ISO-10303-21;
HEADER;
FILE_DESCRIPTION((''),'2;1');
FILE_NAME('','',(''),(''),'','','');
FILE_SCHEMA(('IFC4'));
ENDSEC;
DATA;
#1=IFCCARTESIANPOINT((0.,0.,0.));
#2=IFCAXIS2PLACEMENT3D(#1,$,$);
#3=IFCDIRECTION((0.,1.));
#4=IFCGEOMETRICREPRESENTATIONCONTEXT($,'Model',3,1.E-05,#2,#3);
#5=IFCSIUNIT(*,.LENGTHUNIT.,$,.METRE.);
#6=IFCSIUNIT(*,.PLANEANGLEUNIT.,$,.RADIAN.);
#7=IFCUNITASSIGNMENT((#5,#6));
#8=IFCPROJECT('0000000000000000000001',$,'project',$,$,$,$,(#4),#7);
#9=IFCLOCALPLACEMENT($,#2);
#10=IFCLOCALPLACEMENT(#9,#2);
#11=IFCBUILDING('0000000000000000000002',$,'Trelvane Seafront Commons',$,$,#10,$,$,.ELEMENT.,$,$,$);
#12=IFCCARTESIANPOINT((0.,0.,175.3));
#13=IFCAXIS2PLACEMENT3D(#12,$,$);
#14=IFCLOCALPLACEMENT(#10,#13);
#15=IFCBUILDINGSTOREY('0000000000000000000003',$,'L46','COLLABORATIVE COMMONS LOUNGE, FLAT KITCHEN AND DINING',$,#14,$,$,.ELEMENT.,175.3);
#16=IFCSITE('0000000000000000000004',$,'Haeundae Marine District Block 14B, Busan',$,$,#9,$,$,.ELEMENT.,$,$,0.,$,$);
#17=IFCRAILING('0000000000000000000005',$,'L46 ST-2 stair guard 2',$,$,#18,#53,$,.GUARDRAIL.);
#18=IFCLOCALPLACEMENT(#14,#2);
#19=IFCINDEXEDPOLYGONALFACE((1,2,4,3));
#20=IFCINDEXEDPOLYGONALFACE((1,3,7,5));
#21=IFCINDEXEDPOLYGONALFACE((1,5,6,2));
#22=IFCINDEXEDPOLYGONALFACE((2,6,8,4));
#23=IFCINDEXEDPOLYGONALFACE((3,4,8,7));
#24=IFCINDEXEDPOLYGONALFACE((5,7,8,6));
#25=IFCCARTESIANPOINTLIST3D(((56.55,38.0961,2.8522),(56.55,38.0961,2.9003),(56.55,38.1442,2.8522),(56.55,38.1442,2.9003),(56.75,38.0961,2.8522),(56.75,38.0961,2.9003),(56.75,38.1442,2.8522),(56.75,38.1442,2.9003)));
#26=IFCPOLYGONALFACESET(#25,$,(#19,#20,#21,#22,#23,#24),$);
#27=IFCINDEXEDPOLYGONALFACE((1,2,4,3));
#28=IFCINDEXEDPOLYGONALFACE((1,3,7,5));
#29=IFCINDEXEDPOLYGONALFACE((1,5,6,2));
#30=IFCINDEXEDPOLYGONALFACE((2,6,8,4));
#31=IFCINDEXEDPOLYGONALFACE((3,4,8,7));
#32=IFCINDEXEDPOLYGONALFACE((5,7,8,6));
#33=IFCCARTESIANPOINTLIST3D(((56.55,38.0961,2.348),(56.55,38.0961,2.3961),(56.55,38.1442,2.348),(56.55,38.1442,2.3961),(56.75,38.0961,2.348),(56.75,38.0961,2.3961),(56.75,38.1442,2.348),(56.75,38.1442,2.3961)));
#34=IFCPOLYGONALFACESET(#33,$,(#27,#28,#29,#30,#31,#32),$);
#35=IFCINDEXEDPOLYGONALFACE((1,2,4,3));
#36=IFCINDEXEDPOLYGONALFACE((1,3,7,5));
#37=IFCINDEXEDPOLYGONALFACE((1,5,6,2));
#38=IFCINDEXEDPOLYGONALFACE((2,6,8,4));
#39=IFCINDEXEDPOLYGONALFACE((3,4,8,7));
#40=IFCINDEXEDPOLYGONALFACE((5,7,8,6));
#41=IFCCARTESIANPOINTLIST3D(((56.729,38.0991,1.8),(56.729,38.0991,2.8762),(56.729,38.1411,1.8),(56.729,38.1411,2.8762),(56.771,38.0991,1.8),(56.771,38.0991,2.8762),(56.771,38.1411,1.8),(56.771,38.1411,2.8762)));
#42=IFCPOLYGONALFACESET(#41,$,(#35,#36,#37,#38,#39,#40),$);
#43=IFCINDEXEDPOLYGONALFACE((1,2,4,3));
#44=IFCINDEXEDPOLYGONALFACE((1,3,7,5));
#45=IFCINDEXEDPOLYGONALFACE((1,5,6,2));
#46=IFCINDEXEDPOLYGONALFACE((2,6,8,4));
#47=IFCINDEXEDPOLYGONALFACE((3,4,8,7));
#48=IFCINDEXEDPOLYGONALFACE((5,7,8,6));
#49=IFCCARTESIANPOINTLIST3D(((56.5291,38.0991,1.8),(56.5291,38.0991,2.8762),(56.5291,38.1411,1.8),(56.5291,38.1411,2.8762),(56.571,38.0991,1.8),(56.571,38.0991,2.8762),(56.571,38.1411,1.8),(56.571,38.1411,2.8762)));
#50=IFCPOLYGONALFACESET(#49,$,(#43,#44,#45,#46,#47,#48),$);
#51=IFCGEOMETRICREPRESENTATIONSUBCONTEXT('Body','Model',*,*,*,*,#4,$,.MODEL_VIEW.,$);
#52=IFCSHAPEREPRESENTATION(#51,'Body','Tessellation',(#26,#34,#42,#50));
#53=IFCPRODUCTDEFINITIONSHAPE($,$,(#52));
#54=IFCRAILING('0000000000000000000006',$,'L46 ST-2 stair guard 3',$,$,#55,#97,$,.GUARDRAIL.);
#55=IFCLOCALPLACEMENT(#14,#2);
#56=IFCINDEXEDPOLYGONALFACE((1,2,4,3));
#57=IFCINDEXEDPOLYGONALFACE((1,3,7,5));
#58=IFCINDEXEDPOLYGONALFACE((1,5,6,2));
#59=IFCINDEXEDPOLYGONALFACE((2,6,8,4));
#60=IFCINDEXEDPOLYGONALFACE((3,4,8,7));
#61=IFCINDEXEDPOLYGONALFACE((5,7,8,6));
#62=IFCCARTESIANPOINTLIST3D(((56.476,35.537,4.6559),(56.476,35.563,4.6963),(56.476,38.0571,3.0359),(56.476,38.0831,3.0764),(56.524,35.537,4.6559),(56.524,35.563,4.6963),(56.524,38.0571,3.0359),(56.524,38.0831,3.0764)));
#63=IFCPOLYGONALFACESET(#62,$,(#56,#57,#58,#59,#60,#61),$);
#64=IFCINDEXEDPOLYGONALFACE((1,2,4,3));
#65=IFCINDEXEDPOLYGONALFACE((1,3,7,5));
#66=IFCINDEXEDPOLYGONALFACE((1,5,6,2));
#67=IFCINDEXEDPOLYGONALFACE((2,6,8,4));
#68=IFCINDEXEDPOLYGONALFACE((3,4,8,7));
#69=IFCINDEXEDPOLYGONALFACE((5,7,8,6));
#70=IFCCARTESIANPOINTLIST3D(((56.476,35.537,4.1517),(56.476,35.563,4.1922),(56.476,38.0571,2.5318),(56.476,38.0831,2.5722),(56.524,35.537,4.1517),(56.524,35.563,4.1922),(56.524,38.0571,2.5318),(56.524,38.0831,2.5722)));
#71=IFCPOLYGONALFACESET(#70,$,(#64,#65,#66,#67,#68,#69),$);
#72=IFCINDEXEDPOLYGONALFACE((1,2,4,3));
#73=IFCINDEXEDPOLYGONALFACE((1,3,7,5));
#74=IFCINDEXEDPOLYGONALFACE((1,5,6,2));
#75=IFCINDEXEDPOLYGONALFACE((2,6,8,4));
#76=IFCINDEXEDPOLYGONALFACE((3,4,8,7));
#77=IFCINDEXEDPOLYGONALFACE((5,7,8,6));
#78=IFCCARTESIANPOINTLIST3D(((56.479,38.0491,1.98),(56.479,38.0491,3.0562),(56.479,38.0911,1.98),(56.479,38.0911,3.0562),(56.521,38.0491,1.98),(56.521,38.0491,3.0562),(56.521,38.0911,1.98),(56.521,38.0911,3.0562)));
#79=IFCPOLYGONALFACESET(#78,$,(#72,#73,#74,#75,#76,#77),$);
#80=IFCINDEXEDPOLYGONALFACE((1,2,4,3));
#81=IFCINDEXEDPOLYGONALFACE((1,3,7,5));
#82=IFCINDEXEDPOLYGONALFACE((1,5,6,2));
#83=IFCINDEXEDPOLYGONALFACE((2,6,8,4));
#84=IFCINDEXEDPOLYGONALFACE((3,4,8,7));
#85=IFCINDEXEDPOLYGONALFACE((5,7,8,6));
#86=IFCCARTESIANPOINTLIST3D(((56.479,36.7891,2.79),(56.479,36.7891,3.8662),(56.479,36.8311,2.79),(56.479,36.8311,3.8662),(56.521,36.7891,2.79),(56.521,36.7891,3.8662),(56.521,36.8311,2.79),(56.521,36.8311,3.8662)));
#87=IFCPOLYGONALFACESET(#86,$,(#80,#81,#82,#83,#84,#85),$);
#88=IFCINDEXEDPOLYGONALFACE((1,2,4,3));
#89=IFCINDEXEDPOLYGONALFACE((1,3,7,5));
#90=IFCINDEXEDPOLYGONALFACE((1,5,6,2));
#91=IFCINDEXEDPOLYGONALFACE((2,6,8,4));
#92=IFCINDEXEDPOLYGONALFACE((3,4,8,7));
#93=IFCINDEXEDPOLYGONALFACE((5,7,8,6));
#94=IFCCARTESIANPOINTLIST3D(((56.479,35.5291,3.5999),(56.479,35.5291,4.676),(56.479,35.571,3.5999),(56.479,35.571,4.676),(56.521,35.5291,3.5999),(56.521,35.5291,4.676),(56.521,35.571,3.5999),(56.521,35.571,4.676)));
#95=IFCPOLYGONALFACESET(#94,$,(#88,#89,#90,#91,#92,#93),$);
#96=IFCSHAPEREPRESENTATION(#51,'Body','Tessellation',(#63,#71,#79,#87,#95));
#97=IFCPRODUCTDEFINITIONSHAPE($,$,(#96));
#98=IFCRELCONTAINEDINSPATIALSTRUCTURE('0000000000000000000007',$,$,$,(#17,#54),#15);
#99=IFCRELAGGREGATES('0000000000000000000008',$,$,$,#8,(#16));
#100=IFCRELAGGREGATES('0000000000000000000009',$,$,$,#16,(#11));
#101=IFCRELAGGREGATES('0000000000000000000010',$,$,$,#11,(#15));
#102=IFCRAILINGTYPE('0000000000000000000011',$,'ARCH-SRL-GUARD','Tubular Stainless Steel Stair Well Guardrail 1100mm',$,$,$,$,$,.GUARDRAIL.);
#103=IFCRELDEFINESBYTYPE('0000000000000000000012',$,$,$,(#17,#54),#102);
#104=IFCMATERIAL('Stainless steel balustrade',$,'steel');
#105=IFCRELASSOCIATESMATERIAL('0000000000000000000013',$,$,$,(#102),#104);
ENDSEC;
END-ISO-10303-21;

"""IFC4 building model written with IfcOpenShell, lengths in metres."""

from ifc_helpers import new_model, si_unit, direction, frame, origin, origin_2d, place, context, subcontext, project, spatial, rectangle, extrude, material, type_object, element, save


model = new_model("IFC4")

# Units and contexts
model_context = context("Model", 3, precision=1e-05, world=origin(), true_north=direction((0.0, 1.0)))
body_context = subcontext(model_context, "Body", "Model", "MODEL_VIEW")
ifc_project = project(units=[si_unit("LENGTHUNIT", "METRE"), si_unit("PLANEANGLEUNIT", "RADIAN")], contexts=[model_context])

# Site, building, storey
site_placement = place(None, origin())
site = spatial("IfcSite", under=ifc_project, at=site_placement, Name="Haeundae Marine District Block 14B, Busan", CompositionType="ELEMENT", RefElevation=0.0)
building_placement = place(site_placement, origin())
building = spatial("IfcBuilding", under=site, at=building_placement, Name="Trelvane Seafront Commons", CompositionType="ELEMENT")
storey_placement = place(building_placement, frame((0.0, 0.0, 175.3)))
storey = spatial("IfcBuildingStorey", under=building, at=storey_placement, Name="L46", Description="COLLABORATIVE COMMONS LOUNGE, FLAT KITCHEN AND DINING", CompositionType="ELEMENT", Elevation=175.3)

# Railings
ifc_material_1 = material(Name="Stainless steel balustrade", Category="steel")
railing_type = type_object("IfcRailingType", Name="ARCH-SRL-GUARD", Description="Tubular Stainless Steel Stair Well Guardrail 1100mm", PredefinedType="GUARDRAIL", material=ifc_material_1)
railing_1_placement = place(storey_placement, frame((56.75, 38.1201, 1.8)))
element("IfcRailing", 1, at=railing_1_placement, inside=storey, type_object=railing_type, Name="L46 ST-2 stair guard 2", PredefinedType="GUARDRAIL", context=body_context, shape_type="SweptSolid", body=[
    extrude(rectangle(XDim=0.0481, YDim=0.0481, at=origin_2d()), frame((0.0, 0.0, 1.0762), z_axis=(-1.0, 0.0, 0.0), x_axis=(0.0, -1.0, 0.0)), (0.0, 0.0, 1.0), 0.2),
    extrude(rectangle(XDim=0.0481, YDim=0.0481, at=origin_2d()), frame((0.0, 0.0, 0.572), z_axis=(-1.0, 0.0, 0.0), x_axis=(0.0, -1.0, 0.0)), (0.0, 0.0, 1.0), 0.2),
    extrude(rectangle(XDim=0.042, YDim=0.042, at=origin_2d()), origin(), (0.0, 0.0, 1.0), 1.0762),
    extrude(rectangle(XDim=0.042, YDim=0.042, at=origin_2d()), frame((-0.2, 0.0, 0.0)), (0.0, 0.0, 1.0), 1.0762),
])
railing_2_placement = place(storey_placement, frame((56.5, 38.0701, 1.98)))
element("IfcRailing", 2, at=railing_2_placement, inside=storey, type_object=railing_type, Name="L46 ST-2 stair guard 3", PredefinedType="GUARDRAIL", context=body_context, shape_type="SweptSolid", body=[
    extrude(rectangle(XDim=0.0481, YDim=0.0481, at=origin_2d()), frame((0.0, 0.0, 1.0762), z_axis=(0.0, -0.8412, 0.540725), x_axis=(1.0, 0.0, 0.0)), (0.0, 0.0, 1.0), 2.9958),
    extrude(rectangle(XDim=0.0481, YDim=0.0481, at=origin_2d()), frame((0.0, 0.0, 0.572), z_axis=(0.0, -0.8412, 0.540725), x_axis=(1.0, 0.0, 0.0)), (0.0, 0.0, 1.0), 2.9958),
    extrude(rectangle(XDim=0.042, YDim=0.042, at=origin_2d()), origin(), (0.0, 0.0, 1.0), 1.0762),
    extrude(rectangle(XDim=0.042, YDim=0.042, at=origin_2d()), frame((0.0, -1.26, 0.8101)), (0.0, 0.0, 1.0), 1.0762),
    extrude(rectangle(XDim=0.042, YDim=0.042, at=origin_2d()), frame((0.0, -2.52, 1.6199)), (0.0, 0.0, 1.0), 1.0762),
])

save(model, "model.ifc")
